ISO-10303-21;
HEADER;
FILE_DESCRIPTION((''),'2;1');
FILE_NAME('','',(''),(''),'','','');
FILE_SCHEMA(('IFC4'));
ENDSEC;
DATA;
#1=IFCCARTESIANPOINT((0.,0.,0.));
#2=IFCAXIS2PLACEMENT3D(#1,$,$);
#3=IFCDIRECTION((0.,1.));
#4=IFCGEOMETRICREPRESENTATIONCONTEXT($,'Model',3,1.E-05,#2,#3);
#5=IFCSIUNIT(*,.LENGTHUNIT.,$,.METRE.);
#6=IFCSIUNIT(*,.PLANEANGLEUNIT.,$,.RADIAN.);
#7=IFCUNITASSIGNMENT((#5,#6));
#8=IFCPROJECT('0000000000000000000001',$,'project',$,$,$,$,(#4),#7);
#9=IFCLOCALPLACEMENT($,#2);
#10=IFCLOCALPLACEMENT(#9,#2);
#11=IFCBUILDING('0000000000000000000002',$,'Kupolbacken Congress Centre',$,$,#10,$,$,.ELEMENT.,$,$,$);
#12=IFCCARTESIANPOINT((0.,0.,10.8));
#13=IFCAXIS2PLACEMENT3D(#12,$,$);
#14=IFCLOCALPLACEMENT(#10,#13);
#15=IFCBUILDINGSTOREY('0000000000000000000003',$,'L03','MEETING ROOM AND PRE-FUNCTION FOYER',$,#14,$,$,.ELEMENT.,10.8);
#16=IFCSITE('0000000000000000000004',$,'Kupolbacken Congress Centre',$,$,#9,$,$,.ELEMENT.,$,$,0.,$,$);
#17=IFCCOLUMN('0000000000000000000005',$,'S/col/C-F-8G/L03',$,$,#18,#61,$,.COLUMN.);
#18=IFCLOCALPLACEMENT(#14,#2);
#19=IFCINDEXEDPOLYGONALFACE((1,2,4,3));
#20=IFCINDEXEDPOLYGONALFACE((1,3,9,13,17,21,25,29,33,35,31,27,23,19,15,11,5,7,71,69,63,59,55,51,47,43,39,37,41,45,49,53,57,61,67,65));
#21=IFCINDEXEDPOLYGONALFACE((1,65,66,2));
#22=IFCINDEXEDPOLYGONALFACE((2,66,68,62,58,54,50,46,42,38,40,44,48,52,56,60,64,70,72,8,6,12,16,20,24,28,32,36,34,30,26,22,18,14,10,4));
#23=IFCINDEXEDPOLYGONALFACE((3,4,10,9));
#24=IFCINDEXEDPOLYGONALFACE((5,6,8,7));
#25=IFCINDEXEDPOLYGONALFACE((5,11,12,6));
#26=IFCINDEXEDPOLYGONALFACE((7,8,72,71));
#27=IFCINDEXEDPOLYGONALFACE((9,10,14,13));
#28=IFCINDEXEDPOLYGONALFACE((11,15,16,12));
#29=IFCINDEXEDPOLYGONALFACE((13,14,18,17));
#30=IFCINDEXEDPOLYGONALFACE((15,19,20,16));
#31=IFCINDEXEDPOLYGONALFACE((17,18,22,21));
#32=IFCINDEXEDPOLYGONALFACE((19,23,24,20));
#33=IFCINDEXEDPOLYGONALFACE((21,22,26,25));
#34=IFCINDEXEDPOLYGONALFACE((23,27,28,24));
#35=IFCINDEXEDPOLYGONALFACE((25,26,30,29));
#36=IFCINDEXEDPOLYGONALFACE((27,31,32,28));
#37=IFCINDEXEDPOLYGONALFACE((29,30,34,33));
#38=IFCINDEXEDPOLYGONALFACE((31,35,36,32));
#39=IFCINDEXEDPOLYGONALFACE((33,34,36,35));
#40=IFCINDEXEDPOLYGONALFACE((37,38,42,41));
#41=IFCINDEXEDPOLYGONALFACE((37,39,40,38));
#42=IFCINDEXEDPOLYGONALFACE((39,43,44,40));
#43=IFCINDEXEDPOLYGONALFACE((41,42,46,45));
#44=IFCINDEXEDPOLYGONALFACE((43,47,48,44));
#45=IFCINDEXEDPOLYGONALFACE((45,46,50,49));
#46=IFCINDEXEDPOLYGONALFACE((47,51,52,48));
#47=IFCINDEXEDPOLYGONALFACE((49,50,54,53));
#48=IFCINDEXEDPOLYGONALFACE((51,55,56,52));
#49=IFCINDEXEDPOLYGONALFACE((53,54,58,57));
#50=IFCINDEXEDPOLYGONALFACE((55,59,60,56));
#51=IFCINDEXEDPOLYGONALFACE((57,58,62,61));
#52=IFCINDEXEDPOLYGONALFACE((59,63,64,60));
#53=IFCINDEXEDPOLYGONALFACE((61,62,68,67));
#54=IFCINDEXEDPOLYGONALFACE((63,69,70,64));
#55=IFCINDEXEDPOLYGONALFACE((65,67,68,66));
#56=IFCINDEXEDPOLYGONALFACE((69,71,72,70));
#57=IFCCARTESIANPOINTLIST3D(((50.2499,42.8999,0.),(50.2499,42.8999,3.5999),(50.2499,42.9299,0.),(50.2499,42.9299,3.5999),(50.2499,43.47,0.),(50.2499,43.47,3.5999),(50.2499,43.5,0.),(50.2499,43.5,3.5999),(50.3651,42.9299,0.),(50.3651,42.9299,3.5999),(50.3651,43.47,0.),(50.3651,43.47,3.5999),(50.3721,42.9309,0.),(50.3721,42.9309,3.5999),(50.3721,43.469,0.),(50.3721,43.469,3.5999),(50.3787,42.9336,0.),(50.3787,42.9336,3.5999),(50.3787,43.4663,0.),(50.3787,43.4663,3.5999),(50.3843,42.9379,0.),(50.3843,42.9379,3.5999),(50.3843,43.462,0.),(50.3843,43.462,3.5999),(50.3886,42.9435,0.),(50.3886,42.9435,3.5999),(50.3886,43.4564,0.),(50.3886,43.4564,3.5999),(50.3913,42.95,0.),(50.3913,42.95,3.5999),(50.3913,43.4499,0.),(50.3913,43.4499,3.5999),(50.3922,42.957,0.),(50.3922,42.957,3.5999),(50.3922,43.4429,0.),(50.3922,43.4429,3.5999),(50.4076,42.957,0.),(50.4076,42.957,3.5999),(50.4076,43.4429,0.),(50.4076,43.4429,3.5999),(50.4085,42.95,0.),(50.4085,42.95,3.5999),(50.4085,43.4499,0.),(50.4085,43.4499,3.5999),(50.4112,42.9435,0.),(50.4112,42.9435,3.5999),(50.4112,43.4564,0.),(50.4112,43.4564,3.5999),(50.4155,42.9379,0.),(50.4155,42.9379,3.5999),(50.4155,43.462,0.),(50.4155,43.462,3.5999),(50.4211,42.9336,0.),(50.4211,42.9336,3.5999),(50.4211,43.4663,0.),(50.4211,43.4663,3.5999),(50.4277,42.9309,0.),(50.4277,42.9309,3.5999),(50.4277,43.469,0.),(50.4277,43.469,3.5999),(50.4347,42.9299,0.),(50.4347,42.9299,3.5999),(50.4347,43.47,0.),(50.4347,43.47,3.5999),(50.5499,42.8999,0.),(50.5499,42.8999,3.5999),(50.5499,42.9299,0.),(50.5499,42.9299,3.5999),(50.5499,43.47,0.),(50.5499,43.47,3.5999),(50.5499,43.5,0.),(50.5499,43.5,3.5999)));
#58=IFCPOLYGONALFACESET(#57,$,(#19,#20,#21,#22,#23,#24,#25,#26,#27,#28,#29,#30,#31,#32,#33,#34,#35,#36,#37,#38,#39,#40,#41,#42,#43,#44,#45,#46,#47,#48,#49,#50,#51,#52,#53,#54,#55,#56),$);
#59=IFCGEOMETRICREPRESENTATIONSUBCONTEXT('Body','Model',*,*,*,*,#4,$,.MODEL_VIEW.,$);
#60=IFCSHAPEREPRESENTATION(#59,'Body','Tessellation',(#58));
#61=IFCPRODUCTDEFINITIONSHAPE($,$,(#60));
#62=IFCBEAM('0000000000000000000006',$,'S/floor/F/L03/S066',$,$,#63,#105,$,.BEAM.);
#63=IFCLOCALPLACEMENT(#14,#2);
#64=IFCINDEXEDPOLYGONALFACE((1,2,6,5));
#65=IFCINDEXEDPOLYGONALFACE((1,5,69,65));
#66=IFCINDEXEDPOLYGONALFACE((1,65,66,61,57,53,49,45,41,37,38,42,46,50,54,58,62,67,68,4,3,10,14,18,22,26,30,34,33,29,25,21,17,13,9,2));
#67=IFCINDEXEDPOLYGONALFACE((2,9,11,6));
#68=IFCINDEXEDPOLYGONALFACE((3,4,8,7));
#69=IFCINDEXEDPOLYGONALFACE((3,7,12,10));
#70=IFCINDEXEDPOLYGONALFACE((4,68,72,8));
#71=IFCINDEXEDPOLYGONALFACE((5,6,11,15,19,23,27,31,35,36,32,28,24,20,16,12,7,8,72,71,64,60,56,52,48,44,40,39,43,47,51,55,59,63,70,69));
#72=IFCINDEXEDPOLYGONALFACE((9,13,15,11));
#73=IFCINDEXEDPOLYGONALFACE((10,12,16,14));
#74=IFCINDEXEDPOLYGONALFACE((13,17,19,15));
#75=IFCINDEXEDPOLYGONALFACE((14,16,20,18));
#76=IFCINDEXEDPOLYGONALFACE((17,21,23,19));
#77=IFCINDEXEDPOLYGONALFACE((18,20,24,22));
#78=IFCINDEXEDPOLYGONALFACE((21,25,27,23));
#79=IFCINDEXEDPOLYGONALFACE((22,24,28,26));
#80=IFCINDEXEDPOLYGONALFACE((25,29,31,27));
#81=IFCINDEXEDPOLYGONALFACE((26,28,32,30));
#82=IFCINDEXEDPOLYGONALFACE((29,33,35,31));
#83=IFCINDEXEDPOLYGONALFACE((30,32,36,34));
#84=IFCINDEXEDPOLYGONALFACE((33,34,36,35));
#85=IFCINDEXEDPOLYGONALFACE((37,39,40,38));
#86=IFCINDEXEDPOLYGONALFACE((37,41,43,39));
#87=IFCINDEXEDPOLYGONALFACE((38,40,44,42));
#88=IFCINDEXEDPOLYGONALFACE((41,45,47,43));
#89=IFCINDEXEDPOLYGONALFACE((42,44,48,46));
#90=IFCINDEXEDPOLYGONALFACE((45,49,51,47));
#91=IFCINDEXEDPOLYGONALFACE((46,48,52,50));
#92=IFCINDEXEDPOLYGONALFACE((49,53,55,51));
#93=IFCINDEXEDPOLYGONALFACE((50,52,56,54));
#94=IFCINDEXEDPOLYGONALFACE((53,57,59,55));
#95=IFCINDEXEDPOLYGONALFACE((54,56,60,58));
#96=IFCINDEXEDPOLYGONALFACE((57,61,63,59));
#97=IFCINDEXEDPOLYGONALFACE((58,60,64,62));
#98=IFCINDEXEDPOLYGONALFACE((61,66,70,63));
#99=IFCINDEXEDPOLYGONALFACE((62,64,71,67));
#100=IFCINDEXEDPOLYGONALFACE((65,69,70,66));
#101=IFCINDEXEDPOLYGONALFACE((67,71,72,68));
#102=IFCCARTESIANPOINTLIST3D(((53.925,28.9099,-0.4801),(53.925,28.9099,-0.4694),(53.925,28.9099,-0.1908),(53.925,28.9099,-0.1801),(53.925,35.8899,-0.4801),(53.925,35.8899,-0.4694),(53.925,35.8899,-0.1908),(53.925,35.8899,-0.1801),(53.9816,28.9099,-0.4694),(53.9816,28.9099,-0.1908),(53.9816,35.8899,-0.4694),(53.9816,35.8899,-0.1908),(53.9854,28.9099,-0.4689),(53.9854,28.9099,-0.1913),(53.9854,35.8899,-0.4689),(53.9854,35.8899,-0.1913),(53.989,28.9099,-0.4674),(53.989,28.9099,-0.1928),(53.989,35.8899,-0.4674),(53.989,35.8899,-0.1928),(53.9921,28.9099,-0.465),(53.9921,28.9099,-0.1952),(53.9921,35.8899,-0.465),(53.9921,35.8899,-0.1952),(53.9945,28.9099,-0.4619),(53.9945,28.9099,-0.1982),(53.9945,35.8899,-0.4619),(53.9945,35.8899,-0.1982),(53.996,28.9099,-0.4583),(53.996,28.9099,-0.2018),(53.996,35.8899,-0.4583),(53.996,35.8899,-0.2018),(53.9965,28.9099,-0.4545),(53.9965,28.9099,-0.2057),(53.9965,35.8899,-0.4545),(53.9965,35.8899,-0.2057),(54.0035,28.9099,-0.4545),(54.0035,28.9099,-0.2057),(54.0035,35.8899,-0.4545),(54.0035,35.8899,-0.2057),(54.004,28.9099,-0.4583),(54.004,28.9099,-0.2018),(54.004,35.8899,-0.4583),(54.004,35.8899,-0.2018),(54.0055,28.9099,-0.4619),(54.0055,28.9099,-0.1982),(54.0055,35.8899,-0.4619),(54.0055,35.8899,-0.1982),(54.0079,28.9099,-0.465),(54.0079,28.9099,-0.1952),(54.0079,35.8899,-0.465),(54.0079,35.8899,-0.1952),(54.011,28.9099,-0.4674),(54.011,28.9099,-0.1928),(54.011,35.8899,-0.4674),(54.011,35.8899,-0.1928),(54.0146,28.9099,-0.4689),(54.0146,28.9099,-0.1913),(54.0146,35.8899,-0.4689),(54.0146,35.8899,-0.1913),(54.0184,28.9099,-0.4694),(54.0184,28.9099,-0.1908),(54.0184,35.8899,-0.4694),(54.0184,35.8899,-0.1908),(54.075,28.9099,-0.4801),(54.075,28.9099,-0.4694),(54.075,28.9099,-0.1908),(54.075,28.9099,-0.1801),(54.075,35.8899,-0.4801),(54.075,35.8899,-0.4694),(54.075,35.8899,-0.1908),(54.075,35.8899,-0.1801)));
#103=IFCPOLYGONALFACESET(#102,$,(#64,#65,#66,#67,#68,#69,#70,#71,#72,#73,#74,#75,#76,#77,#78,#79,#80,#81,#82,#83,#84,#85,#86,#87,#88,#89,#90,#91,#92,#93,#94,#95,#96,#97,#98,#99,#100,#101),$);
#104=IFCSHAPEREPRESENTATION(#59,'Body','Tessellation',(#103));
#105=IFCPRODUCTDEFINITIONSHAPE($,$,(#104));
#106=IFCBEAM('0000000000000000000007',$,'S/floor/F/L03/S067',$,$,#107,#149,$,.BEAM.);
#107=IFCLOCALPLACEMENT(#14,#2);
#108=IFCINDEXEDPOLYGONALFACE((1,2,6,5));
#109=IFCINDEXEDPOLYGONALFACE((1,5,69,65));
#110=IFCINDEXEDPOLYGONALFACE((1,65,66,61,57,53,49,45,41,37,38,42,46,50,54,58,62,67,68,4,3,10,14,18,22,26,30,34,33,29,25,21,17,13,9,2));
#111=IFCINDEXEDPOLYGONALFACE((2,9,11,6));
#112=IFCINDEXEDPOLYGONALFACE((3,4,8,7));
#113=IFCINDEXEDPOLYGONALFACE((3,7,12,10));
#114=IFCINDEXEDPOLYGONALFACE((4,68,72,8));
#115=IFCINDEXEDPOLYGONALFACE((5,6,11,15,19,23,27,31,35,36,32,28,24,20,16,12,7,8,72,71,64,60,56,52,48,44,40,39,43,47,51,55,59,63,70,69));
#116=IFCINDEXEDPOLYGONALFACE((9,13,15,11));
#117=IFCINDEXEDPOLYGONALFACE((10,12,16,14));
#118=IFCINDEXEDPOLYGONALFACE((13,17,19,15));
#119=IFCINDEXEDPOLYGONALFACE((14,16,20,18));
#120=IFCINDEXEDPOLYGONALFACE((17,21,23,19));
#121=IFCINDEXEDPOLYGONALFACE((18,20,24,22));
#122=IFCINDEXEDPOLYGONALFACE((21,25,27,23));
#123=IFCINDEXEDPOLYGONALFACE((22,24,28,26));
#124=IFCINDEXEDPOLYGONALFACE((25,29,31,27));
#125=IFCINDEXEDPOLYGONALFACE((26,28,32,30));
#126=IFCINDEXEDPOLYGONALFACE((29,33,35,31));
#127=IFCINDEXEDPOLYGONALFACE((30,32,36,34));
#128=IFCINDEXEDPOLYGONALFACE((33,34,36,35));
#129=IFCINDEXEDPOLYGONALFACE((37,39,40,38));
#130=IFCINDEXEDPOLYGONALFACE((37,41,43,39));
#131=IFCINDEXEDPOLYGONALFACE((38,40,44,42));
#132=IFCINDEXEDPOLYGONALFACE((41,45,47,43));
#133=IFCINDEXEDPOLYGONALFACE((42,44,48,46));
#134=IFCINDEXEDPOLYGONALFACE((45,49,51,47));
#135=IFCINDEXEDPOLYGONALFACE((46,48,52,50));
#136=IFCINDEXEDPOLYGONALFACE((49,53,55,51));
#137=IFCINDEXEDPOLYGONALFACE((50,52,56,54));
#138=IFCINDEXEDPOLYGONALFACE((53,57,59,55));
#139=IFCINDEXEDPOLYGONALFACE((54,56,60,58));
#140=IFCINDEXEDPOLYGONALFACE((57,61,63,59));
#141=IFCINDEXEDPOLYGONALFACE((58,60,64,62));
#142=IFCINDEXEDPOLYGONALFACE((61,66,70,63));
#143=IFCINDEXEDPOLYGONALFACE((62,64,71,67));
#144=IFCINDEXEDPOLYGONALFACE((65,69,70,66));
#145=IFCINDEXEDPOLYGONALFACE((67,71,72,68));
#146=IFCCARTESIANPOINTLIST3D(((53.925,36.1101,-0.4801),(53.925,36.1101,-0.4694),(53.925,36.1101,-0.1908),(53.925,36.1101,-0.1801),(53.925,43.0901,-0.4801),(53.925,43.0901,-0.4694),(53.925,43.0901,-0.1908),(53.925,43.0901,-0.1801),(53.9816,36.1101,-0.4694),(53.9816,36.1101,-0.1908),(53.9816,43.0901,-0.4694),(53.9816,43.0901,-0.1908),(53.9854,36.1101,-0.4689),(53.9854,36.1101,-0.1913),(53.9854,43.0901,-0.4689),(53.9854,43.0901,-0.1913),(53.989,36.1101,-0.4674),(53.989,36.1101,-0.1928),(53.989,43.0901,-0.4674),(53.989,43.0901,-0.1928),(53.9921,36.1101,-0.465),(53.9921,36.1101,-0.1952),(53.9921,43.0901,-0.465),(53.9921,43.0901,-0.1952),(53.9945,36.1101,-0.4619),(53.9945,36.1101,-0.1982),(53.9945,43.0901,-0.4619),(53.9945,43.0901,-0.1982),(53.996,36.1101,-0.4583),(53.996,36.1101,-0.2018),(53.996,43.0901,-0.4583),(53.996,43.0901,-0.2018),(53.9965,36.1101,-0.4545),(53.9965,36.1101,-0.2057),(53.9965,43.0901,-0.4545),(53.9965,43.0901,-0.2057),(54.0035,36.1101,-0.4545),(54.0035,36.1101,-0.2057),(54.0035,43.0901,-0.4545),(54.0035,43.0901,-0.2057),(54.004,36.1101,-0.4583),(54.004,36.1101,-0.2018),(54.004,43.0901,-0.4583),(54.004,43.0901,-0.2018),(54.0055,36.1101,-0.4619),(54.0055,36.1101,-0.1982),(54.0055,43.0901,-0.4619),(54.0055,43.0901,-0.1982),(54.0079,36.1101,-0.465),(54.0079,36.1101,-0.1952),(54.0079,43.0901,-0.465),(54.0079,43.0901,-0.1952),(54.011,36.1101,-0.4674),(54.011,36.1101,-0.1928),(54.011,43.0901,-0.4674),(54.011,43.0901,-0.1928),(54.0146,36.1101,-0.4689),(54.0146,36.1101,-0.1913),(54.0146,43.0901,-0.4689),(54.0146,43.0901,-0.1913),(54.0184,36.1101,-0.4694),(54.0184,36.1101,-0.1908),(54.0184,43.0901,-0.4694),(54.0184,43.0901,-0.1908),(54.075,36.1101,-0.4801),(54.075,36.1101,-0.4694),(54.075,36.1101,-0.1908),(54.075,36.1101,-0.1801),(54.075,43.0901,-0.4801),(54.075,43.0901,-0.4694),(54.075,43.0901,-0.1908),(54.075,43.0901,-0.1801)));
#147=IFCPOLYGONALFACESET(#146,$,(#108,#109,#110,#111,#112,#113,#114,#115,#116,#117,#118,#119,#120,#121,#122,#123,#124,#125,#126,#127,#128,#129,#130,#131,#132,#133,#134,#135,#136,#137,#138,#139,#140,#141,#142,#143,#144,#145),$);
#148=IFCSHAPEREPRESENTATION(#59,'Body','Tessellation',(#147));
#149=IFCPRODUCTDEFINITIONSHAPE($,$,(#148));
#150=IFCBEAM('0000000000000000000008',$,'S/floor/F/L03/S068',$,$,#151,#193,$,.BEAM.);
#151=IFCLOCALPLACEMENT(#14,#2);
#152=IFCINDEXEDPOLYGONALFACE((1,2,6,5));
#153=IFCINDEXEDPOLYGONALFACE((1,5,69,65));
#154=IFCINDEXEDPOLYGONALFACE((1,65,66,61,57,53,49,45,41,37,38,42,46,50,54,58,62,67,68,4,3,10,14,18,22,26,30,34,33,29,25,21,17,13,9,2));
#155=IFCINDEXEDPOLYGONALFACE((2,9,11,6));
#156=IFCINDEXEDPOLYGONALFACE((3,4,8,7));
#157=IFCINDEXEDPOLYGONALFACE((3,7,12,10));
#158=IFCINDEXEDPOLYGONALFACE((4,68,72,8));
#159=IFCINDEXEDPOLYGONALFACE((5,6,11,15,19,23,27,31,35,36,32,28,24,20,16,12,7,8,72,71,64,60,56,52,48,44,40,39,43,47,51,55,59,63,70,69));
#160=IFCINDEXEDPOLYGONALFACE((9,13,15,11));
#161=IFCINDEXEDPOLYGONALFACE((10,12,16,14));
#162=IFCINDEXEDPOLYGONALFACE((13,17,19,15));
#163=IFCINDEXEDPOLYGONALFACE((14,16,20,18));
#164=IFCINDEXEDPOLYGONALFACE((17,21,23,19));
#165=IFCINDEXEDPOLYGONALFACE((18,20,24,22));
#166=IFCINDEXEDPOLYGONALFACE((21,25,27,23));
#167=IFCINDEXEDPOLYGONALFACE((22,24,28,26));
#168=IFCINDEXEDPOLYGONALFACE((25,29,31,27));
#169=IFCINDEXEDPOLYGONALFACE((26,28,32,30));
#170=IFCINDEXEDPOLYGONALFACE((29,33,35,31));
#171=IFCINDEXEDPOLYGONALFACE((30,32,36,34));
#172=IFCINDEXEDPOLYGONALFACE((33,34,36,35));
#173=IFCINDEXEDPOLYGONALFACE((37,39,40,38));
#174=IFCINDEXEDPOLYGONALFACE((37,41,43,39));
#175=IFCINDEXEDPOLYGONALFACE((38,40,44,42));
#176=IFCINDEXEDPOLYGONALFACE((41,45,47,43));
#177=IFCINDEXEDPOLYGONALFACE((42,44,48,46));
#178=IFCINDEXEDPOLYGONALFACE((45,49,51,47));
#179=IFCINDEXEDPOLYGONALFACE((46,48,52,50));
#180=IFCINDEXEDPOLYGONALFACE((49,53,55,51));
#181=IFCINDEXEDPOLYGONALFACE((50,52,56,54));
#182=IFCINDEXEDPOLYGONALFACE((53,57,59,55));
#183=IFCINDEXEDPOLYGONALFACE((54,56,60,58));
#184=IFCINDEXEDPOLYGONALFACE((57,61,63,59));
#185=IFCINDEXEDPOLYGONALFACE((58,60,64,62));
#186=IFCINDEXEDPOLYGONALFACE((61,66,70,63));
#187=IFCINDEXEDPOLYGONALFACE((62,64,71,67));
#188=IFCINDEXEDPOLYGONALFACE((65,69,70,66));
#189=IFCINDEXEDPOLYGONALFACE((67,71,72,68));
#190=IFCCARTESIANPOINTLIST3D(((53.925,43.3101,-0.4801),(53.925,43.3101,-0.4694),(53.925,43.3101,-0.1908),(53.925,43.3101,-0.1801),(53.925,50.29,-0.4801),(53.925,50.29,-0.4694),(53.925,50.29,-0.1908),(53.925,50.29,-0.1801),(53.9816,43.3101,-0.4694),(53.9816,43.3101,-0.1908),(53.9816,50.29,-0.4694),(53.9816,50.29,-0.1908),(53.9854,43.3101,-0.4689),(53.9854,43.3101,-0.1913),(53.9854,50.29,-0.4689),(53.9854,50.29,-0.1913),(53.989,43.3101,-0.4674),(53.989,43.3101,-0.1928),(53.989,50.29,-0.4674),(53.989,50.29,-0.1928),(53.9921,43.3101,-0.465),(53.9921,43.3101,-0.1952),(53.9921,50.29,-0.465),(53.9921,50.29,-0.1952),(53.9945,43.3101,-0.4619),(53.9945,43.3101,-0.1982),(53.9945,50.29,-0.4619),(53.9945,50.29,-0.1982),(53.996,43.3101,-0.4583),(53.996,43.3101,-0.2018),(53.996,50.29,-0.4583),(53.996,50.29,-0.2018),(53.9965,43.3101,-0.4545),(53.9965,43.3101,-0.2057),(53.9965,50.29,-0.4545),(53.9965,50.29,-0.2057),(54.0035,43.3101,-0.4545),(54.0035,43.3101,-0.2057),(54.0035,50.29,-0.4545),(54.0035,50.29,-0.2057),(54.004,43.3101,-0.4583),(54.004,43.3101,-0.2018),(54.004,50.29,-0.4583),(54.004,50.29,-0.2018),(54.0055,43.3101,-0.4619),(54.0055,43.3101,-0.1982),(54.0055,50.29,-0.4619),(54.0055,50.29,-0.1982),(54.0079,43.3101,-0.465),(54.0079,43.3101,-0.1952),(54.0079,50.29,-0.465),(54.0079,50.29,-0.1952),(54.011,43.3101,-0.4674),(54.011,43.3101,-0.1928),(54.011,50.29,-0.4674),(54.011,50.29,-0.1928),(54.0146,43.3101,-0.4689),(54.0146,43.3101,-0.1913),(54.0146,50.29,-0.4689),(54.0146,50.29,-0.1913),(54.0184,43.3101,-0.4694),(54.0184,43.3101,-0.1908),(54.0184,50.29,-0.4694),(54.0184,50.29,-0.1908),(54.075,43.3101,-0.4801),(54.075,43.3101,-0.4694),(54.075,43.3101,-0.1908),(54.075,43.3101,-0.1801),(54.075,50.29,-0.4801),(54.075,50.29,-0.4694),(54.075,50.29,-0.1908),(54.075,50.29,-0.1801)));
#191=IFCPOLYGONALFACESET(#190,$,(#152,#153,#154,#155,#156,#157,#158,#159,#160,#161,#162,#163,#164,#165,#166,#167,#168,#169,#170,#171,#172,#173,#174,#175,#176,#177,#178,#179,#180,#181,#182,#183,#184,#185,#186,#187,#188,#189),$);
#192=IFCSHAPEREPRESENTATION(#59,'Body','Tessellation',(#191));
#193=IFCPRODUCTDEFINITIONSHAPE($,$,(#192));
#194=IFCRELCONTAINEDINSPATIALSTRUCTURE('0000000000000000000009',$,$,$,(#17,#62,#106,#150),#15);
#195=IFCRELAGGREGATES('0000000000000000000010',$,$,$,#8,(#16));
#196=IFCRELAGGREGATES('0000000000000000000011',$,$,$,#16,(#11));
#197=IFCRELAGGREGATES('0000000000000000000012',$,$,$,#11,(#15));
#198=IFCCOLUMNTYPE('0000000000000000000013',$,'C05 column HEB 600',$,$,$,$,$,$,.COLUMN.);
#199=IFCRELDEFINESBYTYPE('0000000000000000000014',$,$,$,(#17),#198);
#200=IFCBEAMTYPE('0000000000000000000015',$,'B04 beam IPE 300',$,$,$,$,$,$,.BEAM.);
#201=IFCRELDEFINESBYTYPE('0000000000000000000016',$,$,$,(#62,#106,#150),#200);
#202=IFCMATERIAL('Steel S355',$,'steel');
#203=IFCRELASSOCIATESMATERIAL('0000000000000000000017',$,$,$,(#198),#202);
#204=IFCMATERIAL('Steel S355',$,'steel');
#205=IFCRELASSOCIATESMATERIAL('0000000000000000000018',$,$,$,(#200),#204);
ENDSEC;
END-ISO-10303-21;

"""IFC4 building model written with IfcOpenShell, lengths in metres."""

from ifc_helpers import new_model, si_unit, direction, frame, origin, origin_2d, place, context, subcontext, project, spatial, i_section, extrude, material, material_profile, profile_set, type_object, element, save


model = new_model("IFC4")

# Units and contexts
model_context = context("Model", 3, precision=1e-05, world=origin(), true_north=direction((0.0, 1.0)))
body_context = subcontext(model_context, "Body", "Model", "MODEL_VIEW")
ifc_project = project(units=[si_unit("LENGTHUNIT", "METRE"), si_unit("PLANEANGLEUNIT", "RADIAN")], contexts=[model_context])

# Site, building, storey
site_placement = place(None, origin())
site = spatial("IfcSite", under=ifc_project, at=site_placement, Name="Kupolbacken Congress Centre", CompositionType="ELEMENT", RefElevation=0.0)
building_placement = place(site_placement, origin())
building = spatial("IfcBuilding", under=site, at=building_placement, Name="Kupolbacken Congress Centre", CompositionType="ELEMENT")
storey_placement = place(building_placement, frame((0.0, 0.0, 10.8)))
storey = spatial("IfcBuildingStorey", under=building, at=storey_placement, Name="L03", Description="MEETING ROOM AND PRE-FUNCTION FOYER", CompositionType="ELEMENT", Elevation=10.8)

# Column
ifc_material_1 = material(Name="Steel S355", Category="steel")
ifc_material_profile_1 = material_profile(ifc_material_1, i_section(OverallWidth=0.3, OverallDepth=0.6001, WebThickness=0.0154, FlangeThickness=0.03, FilletRadius=0.0271, at=origin_2d()), Name="HEB 600")
ifc_profile_set_1 = profile_set([ifc_material_profile_1], Name="Steel S355")
column_type = type_object("IfcColumnType", Name="C05 column HEB 600", PredefinedType="COLUMN", material=ifc_profile_set_1)
column_placement = place(storey_placement, frame((50.3999, 43.2, 0.0), z_axis=(0.0, 0.0, 1.0), x_axis=(1.0, 0.0, 0.0)))
element("IfcColumn", 1, at=column_placement, inside=storey, type_object=column_type, Name="S/col/C-F-8G/L03", PredefinedType="COLUMN", context=body_context, shape_type="SweptSolid", body=[
    extrude(i_section(OverallWidth=0.3, OverallDepth=0.6001, WebThickness=0.0154, FlangeThickness=0.03, FilletRadius=0.0271, at=origin_2d()), origin(), (0.0, 0.0, 1.0), 3.5999),
])

# Beams
ifc_material_2 = material(Name="Steel S355", Category="steel")
ifc_material_profile_2 = material_profile(ifc_material_2, i_section(OverallWidth=0.1499, OverallDepth=0.3, WebThickness=0.0071, FlangeThickness=0.0107, FilletRadius=0.0149, at=origin_2d()), Name="IPE 300")
ifc_profile_set_2 = profile_set([ifc_material_profile_2], Name="Steel S355")
beam_type_1 = type_object("IfcBeamType", Name="B04 beam IPE 300", PredefinedType="BEAM", material=ifc_profile_set_2)
for number, where, z_axis, x_axis, name in (
    (2, (54.0, 28.9099, -0.3301), (0.0, 1.0, 0.0), (-1.0, 0.0, 0.0), "S/floor/F/L03/S066"),
    (3, (54.0, 36.1101, -0.3301), (0.0, 1.0, 0.0), (-1.0, 0.0, 0.0), "S/floor/F/L03/S067"),
    (4, (54.0, 43.3101, -0.3301), (0.0, 1.0, 0.0), (-1.0, 0.0, 0.0), "S/floor/F/L03/S068"),
):
    element("IfcBeam", number, at=place(storey_placement, frame(where, z_axis=z_axis, x_axis=x_axis)), inside=storey, type_object=beam_type_1, Name=name, PredefinedType="BEAM", context=body_context, shape_type="SweptSolid", body=[
        extrude(i_section(OverallWidth=0.1499, OverallDepth=0.3, WebThickness=0.0071, FlangeThickness=0.0107, FilletRadius=0.0149, at=origin_2d()), origin(), (0.0, 0.0, 1.0), 6.98),
    ])

save(model, "model.ifc")
